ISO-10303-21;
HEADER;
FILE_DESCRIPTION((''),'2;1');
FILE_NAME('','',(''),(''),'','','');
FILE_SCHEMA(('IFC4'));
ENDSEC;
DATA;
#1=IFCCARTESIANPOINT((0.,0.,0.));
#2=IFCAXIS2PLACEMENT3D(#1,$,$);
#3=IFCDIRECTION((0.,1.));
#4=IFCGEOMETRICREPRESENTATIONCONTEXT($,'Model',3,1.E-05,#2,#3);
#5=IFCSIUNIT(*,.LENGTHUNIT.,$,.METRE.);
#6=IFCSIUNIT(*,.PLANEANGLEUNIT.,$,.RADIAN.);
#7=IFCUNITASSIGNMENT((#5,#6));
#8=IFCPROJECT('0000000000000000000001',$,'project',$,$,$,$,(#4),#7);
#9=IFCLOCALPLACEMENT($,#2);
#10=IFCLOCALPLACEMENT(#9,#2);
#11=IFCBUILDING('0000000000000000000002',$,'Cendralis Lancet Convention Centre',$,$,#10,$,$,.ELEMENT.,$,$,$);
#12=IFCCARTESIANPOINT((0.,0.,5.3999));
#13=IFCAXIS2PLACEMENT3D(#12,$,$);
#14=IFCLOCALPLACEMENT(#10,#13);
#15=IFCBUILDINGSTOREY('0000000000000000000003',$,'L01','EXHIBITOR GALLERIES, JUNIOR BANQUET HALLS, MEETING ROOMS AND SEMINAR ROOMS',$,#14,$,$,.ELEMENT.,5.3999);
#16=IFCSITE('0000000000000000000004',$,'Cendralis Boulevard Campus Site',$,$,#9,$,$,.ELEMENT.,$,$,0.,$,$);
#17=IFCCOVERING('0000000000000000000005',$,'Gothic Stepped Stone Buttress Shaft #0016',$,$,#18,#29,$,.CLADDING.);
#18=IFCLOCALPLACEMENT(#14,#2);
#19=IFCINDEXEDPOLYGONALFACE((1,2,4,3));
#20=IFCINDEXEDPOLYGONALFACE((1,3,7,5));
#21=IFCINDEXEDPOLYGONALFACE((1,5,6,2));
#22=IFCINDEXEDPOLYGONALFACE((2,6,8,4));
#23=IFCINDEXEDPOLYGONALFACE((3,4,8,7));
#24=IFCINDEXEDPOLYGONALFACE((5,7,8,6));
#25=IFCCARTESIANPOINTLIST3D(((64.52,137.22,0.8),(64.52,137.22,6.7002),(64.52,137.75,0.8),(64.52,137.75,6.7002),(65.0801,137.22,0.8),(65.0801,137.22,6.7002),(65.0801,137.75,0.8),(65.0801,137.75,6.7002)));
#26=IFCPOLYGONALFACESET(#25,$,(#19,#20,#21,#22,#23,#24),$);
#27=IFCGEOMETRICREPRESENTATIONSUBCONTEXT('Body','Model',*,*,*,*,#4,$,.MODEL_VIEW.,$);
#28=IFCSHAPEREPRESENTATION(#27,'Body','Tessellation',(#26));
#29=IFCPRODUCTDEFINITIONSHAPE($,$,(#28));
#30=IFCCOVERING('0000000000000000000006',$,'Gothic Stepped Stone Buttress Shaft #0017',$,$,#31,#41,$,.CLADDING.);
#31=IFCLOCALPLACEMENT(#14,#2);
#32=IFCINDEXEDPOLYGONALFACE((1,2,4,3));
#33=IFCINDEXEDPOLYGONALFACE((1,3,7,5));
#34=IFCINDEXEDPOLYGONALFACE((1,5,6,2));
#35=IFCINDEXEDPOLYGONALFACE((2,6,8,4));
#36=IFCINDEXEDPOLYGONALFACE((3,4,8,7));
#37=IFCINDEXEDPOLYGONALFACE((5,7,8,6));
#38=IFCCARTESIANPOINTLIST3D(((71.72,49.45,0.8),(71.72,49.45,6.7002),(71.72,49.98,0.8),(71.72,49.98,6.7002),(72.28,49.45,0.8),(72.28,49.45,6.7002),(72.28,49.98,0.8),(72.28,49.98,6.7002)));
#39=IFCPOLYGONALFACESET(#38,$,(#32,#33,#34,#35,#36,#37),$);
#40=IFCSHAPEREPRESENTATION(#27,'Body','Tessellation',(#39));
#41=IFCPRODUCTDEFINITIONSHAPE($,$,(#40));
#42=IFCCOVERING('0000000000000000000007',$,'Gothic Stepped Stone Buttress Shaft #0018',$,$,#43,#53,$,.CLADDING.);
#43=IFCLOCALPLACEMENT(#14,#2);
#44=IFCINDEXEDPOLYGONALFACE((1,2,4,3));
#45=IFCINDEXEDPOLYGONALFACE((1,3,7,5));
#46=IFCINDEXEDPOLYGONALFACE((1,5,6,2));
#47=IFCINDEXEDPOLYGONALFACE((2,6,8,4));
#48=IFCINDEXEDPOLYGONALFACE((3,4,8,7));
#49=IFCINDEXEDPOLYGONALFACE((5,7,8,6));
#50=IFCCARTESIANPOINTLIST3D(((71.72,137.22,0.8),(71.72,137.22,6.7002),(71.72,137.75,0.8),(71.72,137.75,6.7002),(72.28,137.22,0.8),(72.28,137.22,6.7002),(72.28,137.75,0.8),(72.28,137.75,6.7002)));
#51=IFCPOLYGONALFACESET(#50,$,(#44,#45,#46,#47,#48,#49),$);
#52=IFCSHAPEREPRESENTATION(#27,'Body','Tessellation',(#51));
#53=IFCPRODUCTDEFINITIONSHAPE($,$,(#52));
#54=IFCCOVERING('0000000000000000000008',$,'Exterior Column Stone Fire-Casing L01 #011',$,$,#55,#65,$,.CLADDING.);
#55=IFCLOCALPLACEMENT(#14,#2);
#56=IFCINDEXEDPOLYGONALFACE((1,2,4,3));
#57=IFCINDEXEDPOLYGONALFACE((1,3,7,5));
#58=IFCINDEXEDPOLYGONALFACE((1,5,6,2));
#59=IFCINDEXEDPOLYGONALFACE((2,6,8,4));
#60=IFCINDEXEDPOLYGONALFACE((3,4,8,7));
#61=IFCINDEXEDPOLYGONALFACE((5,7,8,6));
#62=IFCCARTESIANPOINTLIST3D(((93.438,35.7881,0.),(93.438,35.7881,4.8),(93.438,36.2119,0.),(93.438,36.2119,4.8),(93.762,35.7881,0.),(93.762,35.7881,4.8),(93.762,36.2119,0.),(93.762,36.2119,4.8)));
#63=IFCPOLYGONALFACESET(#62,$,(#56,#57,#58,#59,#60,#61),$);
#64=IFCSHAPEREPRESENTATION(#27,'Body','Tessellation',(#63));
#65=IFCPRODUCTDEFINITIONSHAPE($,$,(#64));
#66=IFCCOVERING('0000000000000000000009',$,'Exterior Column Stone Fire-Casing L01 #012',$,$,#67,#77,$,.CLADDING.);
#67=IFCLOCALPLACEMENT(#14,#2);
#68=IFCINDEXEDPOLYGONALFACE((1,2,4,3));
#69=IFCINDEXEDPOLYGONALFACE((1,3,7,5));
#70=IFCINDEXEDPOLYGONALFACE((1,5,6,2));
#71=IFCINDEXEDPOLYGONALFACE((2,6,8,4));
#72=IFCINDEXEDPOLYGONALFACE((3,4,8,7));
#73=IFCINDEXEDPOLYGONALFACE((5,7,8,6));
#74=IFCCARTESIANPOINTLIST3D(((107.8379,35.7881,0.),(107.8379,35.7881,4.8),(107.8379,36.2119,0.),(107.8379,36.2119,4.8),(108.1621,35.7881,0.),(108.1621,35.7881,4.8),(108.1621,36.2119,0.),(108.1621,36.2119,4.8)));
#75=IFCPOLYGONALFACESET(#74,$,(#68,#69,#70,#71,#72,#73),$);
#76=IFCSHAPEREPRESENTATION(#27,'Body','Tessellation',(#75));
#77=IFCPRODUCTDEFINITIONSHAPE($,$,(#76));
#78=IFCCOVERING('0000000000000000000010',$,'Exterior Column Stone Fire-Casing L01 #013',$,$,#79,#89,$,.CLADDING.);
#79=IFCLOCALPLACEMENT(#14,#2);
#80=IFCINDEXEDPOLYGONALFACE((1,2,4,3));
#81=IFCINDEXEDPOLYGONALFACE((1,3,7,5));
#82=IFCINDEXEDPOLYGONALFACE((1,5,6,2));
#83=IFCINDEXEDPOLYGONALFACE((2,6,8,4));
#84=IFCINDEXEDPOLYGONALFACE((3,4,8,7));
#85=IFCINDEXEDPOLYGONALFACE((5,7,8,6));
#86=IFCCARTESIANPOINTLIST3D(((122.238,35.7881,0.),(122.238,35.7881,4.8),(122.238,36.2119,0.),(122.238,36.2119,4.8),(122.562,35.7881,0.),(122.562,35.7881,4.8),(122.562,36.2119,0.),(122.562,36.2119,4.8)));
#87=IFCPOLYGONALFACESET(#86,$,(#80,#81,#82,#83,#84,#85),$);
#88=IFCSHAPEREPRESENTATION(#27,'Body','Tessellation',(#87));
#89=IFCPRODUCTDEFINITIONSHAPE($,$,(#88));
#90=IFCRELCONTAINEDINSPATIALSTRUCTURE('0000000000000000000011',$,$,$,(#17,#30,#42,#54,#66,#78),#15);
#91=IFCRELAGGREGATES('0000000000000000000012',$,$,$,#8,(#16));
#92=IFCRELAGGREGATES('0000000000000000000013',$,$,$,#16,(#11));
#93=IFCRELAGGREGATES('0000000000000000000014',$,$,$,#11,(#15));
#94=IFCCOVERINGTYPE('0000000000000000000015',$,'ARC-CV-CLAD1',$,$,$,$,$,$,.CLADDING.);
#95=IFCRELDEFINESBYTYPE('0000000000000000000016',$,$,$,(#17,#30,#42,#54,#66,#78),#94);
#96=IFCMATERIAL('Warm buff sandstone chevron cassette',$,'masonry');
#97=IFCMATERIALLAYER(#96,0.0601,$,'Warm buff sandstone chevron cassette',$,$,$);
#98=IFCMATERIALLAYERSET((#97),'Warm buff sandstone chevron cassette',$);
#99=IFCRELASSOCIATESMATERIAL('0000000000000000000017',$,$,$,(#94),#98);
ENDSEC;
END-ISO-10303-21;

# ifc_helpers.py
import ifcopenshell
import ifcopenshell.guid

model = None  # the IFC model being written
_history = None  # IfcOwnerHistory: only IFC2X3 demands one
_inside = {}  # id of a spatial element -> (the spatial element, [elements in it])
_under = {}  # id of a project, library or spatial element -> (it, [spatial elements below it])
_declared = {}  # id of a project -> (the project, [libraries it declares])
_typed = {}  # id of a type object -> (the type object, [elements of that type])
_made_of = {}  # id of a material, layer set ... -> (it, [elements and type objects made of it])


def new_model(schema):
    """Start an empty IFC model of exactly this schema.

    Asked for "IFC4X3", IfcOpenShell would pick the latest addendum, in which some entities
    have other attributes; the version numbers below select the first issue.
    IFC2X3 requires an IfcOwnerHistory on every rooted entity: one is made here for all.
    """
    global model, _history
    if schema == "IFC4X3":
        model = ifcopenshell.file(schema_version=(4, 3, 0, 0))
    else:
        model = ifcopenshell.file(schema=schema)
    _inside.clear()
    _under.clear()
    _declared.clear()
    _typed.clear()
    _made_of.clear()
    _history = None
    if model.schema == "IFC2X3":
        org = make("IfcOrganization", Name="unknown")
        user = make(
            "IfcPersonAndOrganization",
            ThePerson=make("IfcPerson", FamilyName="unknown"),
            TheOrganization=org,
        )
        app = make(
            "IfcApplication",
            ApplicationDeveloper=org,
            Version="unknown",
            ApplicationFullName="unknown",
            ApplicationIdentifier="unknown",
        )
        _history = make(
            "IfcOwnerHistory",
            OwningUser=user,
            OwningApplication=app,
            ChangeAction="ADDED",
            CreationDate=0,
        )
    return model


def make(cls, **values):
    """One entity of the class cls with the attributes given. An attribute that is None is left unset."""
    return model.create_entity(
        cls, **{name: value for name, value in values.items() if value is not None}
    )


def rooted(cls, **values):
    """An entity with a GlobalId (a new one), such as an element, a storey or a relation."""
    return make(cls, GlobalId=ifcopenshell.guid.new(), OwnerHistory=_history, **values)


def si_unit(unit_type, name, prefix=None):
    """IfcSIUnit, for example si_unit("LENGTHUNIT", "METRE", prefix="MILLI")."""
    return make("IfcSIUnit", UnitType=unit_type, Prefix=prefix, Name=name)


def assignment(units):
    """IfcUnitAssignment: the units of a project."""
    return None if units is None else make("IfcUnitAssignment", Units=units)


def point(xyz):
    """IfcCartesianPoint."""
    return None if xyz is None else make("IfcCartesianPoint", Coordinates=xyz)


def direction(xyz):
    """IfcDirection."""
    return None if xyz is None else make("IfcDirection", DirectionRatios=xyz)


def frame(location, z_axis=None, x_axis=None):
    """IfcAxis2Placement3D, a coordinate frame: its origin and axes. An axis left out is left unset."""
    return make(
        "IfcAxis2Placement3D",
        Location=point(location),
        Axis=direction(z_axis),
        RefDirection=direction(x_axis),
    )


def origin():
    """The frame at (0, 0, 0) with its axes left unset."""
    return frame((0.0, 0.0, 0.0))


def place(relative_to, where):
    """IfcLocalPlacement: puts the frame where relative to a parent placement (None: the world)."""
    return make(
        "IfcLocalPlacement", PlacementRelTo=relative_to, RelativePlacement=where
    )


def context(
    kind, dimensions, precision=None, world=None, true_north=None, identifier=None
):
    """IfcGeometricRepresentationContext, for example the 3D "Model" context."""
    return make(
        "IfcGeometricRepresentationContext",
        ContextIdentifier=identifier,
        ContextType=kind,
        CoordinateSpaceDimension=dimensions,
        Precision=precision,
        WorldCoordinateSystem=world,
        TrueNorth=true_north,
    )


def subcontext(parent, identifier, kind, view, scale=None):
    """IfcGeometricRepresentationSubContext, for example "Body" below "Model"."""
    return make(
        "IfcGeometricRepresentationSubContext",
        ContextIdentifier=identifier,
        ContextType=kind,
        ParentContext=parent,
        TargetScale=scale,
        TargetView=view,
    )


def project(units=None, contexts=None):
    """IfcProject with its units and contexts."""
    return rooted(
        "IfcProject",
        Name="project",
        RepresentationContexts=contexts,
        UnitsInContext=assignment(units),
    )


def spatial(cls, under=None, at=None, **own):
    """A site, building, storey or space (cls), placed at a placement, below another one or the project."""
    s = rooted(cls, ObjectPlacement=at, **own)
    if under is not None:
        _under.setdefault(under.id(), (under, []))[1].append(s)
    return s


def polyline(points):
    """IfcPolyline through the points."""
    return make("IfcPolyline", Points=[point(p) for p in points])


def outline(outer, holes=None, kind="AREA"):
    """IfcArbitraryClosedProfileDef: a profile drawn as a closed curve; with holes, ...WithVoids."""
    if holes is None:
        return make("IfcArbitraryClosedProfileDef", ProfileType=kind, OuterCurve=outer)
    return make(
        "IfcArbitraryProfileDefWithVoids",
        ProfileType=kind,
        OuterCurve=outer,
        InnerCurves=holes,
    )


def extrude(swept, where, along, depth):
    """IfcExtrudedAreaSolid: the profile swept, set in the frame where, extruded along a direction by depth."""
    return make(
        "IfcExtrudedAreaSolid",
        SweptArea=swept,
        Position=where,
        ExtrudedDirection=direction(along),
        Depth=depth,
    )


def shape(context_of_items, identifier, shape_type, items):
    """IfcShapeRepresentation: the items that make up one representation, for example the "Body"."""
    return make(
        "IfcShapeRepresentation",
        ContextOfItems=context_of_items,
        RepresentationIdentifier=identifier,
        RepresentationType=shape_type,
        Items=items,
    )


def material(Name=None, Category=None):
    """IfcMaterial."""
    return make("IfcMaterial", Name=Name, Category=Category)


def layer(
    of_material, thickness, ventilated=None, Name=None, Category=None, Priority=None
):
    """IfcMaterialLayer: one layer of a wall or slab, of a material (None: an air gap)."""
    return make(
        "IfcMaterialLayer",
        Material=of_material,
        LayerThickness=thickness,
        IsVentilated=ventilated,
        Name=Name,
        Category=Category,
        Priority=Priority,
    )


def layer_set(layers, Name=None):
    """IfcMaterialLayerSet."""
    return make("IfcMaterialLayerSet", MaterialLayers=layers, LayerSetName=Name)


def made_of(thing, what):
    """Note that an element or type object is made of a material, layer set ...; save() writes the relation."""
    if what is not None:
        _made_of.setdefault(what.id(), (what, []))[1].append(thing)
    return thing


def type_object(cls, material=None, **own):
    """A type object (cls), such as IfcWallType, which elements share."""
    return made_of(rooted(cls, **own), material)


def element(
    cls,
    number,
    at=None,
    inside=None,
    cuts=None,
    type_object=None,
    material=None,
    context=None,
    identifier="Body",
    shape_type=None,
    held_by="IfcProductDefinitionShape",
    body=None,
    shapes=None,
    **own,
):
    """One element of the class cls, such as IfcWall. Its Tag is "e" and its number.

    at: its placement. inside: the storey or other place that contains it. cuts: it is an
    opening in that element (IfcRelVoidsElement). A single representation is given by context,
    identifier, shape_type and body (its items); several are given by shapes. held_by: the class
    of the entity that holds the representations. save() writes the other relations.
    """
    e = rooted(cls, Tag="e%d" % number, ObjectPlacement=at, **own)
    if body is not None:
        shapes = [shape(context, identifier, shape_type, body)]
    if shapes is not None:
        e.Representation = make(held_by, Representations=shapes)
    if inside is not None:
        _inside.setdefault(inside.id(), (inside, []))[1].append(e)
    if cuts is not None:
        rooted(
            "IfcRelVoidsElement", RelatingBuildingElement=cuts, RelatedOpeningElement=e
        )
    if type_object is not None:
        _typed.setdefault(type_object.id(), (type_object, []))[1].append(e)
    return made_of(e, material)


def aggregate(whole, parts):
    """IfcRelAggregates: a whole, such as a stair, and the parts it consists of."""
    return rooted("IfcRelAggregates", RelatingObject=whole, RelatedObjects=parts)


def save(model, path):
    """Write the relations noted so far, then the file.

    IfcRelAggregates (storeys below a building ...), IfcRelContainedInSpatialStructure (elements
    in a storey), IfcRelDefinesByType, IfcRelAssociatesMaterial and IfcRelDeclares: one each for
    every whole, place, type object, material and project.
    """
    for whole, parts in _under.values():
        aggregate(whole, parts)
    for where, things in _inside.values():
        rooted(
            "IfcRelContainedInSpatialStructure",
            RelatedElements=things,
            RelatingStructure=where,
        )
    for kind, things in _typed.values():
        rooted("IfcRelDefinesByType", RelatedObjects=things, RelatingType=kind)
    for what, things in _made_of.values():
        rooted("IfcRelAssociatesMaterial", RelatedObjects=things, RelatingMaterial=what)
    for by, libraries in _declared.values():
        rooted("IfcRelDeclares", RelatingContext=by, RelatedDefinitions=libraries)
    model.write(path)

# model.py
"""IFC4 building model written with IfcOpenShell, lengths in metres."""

from ifc_helpers import new_model, si_unit, direction, frame, origin, place, context, subcontext, project, spatial, polyline, outline, extrude, material, layer, layer_set, type_object, element, save


model = new_model("IFC4")

# Units and contexts
model_context = context("Model", 3, precision=1e-05, world=origin(), true_north=direction((0.0, 1.0)))
body_context = subcontext(model_context, "Body", "Model", "MODEL_VIEW")
ifc_project = project(units=[si_unit("LENGTHUNIT", "METRE"), si_unit("PLANEANGLEUNIT", "RADIAN")], contexts=[model_context])

# Site, building, storey
site_placement = place(None, origin())
site = spatial("IfcSite", under=ifc_project, at=site_placement, Name="Cendralis Boulevard Campus Site", CompositionType="ELEMENT", RefElevation=0.0)
building_placement = place(site_placement, origin())
building = spatial("IfcBuilding", under=site, at=building_placement, Name="Cendralis Lancet Convention Centre", CompositionType="ELEMENT")
storey_placement = place(building_placement, frame((0.0, 0.0, 5.3999)))
storey = spatial("IfcBuildingStorey", under=building, at=storey_placement, Name="L01", Description="EXHIBITOR GALLERIES, JUNIOR BANQUET HALLS, MEETING ROOMS AND SEMINAR ROOMS", CompositionType="ELEMENT", Elevation=5.3999)

# Coverings
ifc_material = material(Name="Warm buff sandstone chevron cassette", Category="masonry")
ifc_layer = layer(ifc_material, 0.0601, Name="Warm buff sandstone chevron cassette")
ifc_layer_set = layer_set([ifc_layer], Name="Warm buff sandstone chevron cassette")
covering_type = type_object("IfcCoveringType", Name="ARC-CV-CLAD1", PredefinedType="CLADDING", material=ifc_layer_set)
covering_1_placement = place(storey_placement, frame((0.0, 0.0, 0.8)))
element("IfcCovering", 1, at=covering_1_placement, inside=storey, type_object=covering_type, Name="Gothic Stepped Stone Buttress Shaft #0016", PredefinedType="CLADDING", context=body_context, shape_type="SweptSolid", body=[
    extrude(outline(polyline([(65.0801, 137.75), (64.52, 137.75), (64.52, 137.22), (65.0801, 137.22), (65.0801, 137.75)])), origin(), (0.0, 0.0, 1.0), 5.9001),
])
covering_2_placement = place(storey_placement, frame((0.0, 0.0, 0.8)))
element("IfcCovering", 2, at=covering_2_placement, inside=storey, type_object=covering_type, Name="Gothic Stepped Stone Buttress Shaft #0017", PredefinedType="CLADDING", context=body_context, shape_type="SweptSolid", body=[
    extrude(outline(polyline([(71.72, 49.45), (72.28, 49.45), (72.28, 49.98), (71.72, 49.98), (71.72, 49.45)])), origin(), (0.0, 0.0, 1.0), 5.9001),
])
covering_3_placement = place(storey_placement, frame((0.0, 0.0, 0.8)))
element("IfcCovering", 3, at=covering_3_placement, inside=storey, type_object=covering_type, Name="Gothic Stepped Stone Buttress Shaft #0018", PredefinedType="CLADDING", context=body_context, shape_type="SweptSolid", body=[
    extrude(outline(polyline([(72.28, 137.75), (71.72, 137.75), (71.72, 137.22), (72.28, 137.22), (72.28, 137.75)])), origin(), (0.0, 0.0, 1.0), 5.9001),
])
covering_4_placement = place(storey_placement, origin())
element("IfcCovering", 4, at=covering_4_placement, inside=storey, type_object=covering_type, Name="Exterior Column Stone Fire-Casing L01 #011", PredefinedType="CLADDING", context=body_context, shape_type="SweptSolid", body=[
    extrude(outline(polyline([(93.438, 35.7881), (93.762, 35.7881), (93.762, 36.2119), (93.438, 36.2119), (93.438, 35.7881)])), origin(), (0.0, 0.0, 1.0), 4.8),
])
covering_5_placement = place(storey_placement, origin())
element("IfcCovering", 5, at=covering_5_placement, inside=storey, type_object=covering_type, Name="Exterior Column Stone Fire-Casing L01 #012", PredefinedType="CLADDING", context=body_context, shape_type="SweptSolid", body=[
    extrude(outline(polyline([(107.8379, 35.7881), (108.1621, 35.7881), (108.1621, 36.2119), (107.8379, 36.2119), (107.8379, 35.7881)])), origin(), (0.0, 0.0, 1.0), 4.8),
])
covering_6_placement = place(storey_placement, origin())
element("IfcCovering", 6, at=covering_6_placement, inside=storey, type_object=covering_type, Name="Exterior Column Stone Fire-Casing L01 #013", PredefinedType="CLADDING", context=body_context, shape_type="SweptSolid", body=[
    extrude(outline(polyline([(122.238, 35.7881), (122.562, 35.7881), (122.562, 36.2119), (122.238, 36.2119), (122.238, 35.7881)])), origin(), (0.0, 0.0, 1.0), 4.8),
])

save(model, "model.ifc")
